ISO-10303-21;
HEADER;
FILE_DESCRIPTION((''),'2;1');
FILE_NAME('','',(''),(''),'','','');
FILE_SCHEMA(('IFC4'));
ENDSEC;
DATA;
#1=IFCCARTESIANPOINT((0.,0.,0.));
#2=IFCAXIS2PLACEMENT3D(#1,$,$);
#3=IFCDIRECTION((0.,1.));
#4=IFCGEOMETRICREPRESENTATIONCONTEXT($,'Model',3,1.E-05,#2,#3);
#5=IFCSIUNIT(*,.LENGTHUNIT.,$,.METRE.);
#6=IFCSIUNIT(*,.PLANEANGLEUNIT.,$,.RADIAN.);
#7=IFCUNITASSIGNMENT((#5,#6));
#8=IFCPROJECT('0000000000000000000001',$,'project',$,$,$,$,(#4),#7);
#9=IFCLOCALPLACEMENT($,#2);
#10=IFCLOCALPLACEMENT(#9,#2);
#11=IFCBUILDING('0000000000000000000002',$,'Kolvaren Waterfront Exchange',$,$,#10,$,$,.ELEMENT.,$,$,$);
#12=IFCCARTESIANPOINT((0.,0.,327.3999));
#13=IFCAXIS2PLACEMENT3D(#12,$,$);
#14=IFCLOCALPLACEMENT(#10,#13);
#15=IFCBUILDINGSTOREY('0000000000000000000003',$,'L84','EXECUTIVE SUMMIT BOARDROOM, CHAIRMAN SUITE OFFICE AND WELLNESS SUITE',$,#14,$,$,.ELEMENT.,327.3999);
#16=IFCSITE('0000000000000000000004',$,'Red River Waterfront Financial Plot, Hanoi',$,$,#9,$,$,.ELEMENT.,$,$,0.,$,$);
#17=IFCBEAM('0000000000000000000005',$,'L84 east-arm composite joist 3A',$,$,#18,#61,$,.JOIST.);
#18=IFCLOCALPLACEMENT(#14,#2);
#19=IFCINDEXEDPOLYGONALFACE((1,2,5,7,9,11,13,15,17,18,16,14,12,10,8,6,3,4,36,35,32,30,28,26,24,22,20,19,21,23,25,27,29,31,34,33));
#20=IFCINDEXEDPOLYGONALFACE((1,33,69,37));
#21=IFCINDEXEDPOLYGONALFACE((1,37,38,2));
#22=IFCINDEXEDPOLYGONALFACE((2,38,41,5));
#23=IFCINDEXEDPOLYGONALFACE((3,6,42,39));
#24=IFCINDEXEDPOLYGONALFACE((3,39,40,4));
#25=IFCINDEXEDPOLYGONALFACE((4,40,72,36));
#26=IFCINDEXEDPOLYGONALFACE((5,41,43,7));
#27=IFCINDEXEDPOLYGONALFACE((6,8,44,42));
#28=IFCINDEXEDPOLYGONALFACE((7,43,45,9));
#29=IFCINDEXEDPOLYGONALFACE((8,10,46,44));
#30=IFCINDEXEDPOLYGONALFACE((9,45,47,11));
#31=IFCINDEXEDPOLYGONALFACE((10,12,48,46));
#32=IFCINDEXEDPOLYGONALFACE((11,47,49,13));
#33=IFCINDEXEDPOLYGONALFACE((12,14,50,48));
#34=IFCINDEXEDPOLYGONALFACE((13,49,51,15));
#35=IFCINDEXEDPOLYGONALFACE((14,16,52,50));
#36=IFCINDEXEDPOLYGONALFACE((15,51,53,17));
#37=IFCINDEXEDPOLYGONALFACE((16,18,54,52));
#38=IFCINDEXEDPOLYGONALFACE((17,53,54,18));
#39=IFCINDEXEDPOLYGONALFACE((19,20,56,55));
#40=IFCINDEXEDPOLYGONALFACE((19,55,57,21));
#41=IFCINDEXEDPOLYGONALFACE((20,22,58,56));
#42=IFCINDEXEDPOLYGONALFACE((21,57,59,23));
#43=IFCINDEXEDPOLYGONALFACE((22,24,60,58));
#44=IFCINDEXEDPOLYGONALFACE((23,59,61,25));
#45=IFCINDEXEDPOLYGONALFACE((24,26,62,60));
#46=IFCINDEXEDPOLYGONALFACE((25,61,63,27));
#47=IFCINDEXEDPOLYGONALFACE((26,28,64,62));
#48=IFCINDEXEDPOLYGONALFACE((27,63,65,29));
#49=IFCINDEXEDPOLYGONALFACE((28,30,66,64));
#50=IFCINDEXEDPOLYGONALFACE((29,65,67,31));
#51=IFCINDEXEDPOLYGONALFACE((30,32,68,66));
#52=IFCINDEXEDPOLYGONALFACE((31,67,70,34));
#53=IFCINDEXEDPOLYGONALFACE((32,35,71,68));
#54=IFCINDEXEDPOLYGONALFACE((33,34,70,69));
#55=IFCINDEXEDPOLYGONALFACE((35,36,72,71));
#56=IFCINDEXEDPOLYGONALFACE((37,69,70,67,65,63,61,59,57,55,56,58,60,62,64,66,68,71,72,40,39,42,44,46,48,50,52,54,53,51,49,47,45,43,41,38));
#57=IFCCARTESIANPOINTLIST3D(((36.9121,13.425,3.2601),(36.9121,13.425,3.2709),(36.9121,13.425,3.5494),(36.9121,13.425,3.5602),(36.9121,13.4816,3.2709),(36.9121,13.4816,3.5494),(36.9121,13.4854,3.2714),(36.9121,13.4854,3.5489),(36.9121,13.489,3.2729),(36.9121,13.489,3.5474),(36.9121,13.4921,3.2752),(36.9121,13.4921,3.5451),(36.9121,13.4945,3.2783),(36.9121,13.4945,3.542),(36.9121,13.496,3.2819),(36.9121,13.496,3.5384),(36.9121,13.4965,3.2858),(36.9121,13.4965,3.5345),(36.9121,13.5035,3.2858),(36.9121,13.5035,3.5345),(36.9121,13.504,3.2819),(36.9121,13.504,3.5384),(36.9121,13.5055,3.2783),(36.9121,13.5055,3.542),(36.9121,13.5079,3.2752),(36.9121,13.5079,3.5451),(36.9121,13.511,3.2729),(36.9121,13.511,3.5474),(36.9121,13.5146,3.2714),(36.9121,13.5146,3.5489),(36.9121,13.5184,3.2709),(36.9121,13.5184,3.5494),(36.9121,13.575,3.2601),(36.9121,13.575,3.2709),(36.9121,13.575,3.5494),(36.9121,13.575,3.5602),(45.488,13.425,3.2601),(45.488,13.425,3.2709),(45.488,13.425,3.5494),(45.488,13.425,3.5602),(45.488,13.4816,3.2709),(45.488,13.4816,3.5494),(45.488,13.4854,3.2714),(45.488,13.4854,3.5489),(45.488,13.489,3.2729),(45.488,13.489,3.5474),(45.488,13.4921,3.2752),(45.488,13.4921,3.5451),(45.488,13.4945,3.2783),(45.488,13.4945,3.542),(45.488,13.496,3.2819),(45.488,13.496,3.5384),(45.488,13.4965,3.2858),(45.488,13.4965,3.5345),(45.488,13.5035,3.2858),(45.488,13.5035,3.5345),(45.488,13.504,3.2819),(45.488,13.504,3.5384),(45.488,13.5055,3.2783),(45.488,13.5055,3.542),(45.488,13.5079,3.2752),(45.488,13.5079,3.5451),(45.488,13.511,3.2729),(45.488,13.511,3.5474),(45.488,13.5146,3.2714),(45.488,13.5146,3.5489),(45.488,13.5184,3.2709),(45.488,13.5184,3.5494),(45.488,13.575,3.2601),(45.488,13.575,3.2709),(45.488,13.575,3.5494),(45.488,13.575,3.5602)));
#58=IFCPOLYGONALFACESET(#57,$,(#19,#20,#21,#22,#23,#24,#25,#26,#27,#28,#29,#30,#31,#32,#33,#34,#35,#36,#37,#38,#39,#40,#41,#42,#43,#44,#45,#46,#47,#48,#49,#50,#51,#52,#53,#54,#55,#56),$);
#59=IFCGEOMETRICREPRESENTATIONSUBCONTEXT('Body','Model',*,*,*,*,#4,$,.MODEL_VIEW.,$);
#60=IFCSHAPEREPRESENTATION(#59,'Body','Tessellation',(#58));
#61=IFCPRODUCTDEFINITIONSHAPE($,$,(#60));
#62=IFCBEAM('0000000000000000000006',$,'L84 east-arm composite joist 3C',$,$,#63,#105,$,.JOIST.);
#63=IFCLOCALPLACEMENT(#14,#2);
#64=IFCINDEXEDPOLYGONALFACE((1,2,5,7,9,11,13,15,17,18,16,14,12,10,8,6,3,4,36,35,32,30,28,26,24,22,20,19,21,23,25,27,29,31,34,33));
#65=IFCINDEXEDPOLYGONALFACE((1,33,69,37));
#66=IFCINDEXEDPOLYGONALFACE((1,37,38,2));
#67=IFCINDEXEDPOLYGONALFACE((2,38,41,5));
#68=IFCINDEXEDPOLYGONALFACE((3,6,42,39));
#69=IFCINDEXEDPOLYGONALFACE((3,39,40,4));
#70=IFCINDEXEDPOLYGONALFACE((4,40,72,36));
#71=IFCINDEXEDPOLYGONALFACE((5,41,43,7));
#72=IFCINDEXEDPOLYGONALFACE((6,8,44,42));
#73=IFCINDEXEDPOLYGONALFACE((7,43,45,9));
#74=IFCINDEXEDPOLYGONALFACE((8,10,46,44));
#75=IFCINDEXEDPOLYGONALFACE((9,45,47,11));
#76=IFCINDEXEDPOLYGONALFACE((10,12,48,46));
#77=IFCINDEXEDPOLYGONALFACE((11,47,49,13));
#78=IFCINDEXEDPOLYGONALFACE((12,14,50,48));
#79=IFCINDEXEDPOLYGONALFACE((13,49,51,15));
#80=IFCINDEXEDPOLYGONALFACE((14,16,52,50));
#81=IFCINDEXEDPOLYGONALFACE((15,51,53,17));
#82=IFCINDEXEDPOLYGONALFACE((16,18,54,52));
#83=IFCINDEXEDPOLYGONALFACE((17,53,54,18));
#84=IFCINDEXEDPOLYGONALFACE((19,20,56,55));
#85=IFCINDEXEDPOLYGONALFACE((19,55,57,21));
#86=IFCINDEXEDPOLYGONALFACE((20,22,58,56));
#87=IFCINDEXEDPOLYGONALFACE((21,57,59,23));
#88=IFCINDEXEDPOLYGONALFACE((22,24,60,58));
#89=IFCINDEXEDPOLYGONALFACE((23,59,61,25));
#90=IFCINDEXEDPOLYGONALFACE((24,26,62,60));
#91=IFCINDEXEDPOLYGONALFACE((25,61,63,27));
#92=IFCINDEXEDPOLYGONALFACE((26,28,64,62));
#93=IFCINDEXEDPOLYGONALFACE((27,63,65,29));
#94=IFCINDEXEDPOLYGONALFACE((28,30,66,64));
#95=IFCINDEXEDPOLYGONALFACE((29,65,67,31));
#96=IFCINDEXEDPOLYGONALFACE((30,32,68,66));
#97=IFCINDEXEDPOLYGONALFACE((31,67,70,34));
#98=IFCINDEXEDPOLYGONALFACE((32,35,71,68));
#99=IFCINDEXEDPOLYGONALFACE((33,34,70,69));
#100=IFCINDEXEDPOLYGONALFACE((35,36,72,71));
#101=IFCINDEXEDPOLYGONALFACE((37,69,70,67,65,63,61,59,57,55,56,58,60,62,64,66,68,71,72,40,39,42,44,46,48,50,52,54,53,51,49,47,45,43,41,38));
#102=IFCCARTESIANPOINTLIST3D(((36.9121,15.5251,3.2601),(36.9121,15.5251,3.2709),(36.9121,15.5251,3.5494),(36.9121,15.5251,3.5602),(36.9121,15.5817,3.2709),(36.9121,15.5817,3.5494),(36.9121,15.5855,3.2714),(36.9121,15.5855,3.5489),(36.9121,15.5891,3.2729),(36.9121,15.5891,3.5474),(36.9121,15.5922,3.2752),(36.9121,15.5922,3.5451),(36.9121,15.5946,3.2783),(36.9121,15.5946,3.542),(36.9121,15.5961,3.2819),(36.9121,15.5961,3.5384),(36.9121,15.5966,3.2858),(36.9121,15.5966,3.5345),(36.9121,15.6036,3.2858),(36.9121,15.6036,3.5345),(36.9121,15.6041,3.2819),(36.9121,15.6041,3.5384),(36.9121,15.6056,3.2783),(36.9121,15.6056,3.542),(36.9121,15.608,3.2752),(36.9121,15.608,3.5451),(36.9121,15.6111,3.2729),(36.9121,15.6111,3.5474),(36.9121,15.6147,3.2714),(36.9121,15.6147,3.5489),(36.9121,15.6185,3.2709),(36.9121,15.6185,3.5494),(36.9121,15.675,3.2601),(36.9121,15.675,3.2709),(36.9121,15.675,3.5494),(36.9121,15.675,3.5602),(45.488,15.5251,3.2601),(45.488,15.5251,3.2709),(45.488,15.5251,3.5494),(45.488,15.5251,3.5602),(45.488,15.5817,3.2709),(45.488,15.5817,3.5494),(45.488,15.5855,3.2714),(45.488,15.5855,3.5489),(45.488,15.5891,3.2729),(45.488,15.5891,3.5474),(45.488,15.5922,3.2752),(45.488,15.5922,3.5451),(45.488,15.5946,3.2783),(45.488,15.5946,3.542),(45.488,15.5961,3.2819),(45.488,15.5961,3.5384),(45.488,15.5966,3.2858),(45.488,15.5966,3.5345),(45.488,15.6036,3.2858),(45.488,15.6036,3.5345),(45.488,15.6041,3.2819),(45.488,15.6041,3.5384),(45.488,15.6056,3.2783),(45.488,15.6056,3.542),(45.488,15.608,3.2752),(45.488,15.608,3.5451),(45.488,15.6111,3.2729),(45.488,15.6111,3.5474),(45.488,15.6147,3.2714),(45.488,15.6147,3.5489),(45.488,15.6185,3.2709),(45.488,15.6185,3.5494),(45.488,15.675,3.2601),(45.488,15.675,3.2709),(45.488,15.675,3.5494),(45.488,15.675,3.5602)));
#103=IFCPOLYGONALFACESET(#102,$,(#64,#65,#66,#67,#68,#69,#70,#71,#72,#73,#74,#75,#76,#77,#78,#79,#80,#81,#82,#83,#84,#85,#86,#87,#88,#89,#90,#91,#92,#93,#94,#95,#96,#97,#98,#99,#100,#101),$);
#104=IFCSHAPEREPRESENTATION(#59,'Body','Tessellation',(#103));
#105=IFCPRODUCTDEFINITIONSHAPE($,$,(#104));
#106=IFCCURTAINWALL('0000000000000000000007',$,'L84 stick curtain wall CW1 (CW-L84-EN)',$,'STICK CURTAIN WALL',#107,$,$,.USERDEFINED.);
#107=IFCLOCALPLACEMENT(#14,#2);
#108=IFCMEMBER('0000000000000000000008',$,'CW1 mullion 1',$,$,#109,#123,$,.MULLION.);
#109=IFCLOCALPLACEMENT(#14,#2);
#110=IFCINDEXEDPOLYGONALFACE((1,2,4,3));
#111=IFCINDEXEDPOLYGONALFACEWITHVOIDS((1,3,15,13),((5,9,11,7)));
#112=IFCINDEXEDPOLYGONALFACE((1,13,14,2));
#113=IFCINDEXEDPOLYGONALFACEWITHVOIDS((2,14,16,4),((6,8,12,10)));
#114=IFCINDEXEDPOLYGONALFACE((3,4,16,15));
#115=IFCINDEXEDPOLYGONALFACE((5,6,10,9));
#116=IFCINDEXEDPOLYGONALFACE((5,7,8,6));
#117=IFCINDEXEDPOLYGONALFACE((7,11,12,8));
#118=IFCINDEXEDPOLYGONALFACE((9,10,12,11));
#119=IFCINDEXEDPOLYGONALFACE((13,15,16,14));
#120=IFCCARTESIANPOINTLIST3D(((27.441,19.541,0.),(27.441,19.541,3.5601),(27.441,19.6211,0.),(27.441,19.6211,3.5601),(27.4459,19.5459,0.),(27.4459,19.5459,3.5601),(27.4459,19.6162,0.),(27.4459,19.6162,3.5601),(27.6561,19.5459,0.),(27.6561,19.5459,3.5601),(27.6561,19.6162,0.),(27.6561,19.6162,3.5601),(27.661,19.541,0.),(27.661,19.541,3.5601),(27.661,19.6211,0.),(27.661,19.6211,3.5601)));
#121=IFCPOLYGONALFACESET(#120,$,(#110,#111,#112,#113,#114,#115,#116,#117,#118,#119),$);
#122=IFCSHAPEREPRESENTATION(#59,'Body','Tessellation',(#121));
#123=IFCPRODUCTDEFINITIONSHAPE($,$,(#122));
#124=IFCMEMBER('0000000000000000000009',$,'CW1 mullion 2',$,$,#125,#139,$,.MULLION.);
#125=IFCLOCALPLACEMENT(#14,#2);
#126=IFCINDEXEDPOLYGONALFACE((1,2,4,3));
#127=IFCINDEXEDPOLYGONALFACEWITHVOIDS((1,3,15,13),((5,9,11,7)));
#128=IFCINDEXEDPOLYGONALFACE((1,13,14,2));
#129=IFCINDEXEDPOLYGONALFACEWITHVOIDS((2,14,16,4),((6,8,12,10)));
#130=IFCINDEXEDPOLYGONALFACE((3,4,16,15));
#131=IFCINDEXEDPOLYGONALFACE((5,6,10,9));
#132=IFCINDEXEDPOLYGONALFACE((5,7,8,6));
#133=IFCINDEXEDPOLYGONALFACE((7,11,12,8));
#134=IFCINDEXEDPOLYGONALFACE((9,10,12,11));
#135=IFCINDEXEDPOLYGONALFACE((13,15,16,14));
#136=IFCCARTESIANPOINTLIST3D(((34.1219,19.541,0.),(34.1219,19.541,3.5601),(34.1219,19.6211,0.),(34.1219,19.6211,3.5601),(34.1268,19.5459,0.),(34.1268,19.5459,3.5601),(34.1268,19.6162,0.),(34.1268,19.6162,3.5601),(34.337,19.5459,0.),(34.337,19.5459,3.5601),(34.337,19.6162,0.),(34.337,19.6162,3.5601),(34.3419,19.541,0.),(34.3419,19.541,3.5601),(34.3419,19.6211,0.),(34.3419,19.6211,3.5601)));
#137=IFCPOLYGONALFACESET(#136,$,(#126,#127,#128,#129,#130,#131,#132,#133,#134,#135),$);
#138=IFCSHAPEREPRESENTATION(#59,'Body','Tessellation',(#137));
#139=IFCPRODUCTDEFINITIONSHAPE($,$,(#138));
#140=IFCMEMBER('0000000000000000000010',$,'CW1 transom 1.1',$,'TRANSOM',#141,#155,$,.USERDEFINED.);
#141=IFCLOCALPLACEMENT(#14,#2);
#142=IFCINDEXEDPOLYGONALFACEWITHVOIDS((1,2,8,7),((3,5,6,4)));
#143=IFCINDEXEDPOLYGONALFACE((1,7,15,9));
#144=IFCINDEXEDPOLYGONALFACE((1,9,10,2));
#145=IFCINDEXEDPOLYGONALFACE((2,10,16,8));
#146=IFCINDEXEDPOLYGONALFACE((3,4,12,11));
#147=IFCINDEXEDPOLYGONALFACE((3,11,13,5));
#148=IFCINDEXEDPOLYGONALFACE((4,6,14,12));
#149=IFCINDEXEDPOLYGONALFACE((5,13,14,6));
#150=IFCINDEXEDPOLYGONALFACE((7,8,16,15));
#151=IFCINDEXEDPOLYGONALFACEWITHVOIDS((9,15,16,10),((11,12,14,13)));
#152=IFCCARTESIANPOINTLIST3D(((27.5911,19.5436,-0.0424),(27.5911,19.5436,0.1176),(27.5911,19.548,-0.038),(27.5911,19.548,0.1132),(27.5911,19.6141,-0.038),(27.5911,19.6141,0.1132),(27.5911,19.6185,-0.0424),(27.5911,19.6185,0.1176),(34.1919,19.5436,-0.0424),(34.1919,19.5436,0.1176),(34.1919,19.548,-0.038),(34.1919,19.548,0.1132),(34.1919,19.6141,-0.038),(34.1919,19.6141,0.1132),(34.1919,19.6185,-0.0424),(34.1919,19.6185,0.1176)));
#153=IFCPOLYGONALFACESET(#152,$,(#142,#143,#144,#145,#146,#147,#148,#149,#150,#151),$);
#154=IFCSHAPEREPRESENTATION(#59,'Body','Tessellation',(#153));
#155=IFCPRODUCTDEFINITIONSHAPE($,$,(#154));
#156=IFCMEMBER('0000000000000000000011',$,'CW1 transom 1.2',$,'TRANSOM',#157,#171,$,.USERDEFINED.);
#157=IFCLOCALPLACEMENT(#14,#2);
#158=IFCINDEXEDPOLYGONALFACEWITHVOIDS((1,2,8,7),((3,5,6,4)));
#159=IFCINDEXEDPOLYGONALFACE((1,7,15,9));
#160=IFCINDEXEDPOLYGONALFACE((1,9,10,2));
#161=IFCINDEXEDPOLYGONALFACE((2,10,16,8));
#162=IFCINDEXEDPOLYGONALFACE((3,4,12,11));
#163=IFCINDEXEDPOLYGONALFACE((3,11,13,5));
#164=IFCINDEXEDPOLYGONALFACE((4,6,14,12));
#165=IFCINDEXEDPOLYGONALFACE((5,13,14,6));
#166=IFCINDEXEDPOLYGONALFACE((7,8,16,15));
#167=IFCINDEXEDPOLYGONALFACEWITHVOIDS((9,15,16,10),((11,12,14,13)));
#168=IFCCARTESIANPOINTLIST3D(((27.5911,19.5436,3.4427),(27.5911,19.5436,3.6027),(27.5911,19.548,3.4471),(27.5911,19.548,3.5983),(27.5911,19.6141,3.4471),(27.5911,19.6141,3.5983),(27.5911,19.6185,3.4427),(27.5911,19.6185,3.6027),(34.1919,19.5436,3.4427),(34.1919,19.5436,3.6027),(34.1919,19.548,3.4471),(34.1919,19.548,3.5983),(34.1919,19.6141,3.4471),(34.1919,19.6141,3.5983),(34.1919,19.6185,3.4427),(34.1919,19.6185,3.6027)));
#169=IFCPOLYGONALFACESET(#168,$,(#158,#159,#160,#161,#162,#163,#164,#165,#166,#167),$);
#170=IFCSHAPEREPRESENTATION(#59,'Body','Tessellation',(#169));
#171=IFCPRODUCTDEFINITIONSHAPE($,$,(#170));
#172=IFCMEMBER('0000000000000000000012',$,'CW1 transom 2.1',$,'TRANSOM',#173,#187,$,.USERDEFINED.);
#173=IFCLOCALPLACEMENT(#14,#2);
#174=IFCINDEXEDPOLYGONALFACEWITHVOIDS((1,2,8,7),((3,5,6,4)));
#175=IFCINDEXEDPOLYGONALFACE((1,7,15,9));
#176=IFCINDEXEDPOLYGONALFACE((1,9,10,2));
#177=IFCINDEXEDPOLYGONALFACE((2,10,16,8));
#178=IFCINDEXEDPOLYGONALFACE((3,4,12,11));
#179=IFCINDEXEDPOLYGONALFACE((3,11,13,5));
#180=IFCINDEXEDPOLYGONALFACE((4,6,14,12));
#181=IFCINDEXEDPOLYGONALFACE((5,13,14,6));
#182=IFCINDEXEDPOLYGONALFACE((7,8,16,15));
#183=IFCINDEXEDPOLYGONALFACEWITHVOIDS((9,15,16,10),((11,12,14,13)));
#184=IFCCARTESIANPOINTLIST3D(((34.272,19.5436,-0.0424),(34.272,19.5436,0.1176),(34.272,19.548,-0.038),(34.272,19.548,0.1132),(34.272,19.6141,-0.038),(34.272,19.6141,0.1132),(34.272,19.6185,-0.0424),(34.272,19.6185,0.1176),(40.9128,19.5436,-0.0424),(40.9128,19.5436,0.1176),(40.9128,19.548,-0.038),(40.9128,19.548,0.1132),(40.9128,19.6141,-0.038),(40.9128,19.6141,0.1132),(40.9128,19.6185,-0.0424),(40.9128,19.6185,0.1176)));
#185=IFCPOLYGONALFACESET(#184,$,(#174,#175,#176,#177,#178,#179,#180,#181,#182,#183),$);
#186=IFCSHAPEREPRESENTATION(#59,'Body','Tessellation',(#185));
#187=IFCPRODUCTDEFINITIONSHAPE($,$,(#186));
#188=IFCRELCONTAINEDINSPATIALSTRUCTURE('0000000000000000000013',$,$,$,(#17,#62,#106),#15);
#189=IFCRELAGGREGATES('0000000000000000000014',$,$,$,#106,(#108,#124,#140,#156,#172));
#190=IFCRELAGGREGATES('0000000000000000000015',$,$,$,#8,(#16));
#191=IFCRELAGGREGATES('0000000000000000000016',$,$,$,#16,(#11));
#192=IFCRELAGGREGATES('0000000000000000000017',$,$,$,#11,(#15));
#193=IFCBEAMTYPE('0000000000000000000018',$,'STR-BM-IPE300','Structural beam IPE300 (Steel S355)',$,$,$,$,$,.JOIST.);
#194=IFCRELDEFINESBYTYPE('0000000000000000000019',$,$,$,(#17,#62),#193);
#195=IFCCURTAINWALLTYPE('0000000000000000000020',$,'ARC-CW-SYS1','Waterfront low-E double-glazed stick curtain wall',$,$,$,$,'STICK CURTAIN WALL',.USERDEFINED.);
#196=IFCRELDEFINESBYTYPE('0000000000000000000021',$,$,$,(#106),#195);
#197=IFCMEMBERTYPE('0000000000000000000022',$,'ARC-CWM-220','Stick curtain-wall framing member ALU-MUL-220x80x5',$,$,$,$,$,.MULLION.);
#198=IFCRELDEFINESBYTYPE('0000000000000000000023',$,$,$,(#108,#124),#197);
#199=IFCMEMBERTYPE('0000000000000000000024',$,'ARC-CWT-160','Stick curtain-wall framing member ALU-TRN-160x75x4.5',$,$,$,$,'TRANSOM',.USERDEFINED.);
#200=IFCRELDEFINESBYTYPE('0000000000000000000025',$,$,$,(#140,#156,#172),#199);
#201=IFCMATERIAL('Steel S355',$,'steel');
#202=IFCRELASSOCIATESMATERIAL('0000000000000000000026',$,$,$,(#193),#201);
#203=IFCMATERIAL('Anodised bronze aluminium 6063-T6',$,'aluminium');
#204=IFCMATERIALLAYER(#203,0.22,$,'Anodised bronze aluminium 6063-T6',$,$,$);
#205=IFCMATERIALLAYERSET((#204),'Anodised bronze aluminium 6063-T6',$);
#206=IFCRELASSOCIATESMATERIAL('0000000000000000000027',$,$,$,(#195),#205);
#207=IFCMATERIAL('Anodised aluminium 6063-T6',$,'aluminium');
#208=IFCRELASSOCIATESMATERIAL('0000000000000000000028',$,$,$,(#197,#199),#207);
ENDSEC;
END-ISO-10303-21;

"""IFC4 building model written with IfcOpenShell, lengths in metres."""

from ifc_helpers import new_model, si_unit, direction, frame, origin, origin_with_axes, origin_2d, place, context, subcontext, project, spatial, hollow_rectangle, i_section, extrude, source, transform, mapped, material, layer, layer_set, material_profile, profile_set, type_object, element, aggregate, save


model = new_model("IFC4")

# Units and contexts
model_context = context("Model", 3, precision=1e-05, world=origin(), true_north=direction((0.0, 1.0)))
body_context = subcontext(model_context, "Body", "Model", "MODEL_VIEW")
ifc_project = project(units=[si_unit("LENGTHUNIT", "METRE"), si_unit("PLANEANGLEUNIT", "RADIAN")], contexts=[model_context])

# Site, building, storey
site_placement = place(None, origin())
site = spatial("IfcSite", under=ifc_project, at=site_placement, Name="Red River Waterfront Financial Plot, Hanoi", CompositionType="ELEMENT", RefElevation=0.0)
building_placement = place(site_placement, origin())
building = spatial("IfcBuilding", under=site, at=building_placement, Name="Kolvaren Waterfront Exchange", CompositionType="ELEMENT")
storey_placement = place(building_placement, frame((0.0, 0.0, 327.3999)))
storey = spatial("IfcBuildingStorey", under=building, at=storey_placement, Name="L84", Description="EXECUTIVE SUMMIT BOARDROOM, CHAIRMAN SUITE OFFICE AND WELLNESS SUITE", CompositionType="ELEMENT", Elevation=327.3999)

# Beams
ifc_material_1 = material(Name="Steel S355", Category="steel")
ifc_material_profile_1 = material_profile(ifc_material_1, i_section(OverallWidth=0.1499, OverallDepth=0.3, WebThickness=0.0071, FlangeThickness=0.0107, FilletRadius=0.0149, at=origin_2d()), Name="IPE300")
ifc_profile_set_1 = profile_set([ifc_material_profile_1], Name="Steel S355")
beam_type_1 = type_object("IfcBeamType", Name="STR-BM-IPE300", Description="Structural beam IPE300 (Steel S355)", PredefinedType="JOIST", material=ifc_profile_set_1)
for number, where, z_axis, x_axis, name in (
    (1, (36.9121, 13.5, 3.4102), (1.0, 0.0, 0.0), (0.0, 1.0, 0.0), "L84 east-arm composite joist 3A"),
    (2, (36.9121, 15.6001, 3.4102), (1.0, 0.0, 0.0), (0.0, 1.0, 0.0), "L84 east-arm composite joist 3C"),
):
    element("IfcBeam", number, at=place(storey_placement, frame(where, z_axis=z_axis, x_axis=x_axis)), inside=storey, type_object=beam_type_1, Name=name, PredefinedType="JOIST", context=body_context, shape_type="SweptSolid", body=[
        extrude(i_section(OverallWidth=0.1499, OverallDepth=0.3, WebThickness=0.0071, FlangeThickness=0.0107, FilletRadius=0.0149, at=origin_2d()), origin(), (0.0, 0.0, 1.0), 8.5759),
    ])

# Curtain wall, members
ifc_material_2 = material(Name="Anodised bronze aluminium 6063-T6", Category="aluminium")
ifc_layer_1 = layer(ifc_material_2, 0.22, Name="Anodised bronze aluminium 6063-T6")
ifc_layer_set_1 = layer_set([ifc_layer_1], Name="Anodised bronze aluminium 6063-T6")
curtain_wall_type = type_object("IfcCurtainWallType", Name="ARC-CW-SYS1", Description="Waterfront low-E double-glazed stick curtain wall", ElementType="STICK CURTAIN WALL", PredefinedType="USERDEFINED", material=ifc_layer_set_1)
curtain_wall_placement = place(storey_placement, origin())
curtain_wall = element("IfcCurtainWall", 3, at=curtain_wall_placement, inside=storey, type_object=curtain_wall_type, Name="L84 stick curtain wall CW1 (CW-L84-EN)", ObjectType="STICK CURTAIN WALL", PredefinedType="USERDEFINED")
ifc_material_3 = material(Name="Anodised aluminium 6063-T6", Category="aluminium")
ifc_material_profile_2 = material_profile(ifc_material_3, hollow_rectangle(XDim=0.0801, YDim=0.22, WallThickness=0.0049, at=origin_2d()), Name="ALU-MUL-220x80x5")
ifc_profile_set_2 = profile_set([ifc_material_profile_2], Name="Anodised aluminium 6063-T6")
member_type_1 = type_object("IfcMemberType", Name="ARC-CWM-220", Description="Stick curtain-wall framing member ALU-MUL-220x80x5", PredefinedType="MULLION", material=ifc_profile_set_2)
shared_shape_1 = source(origin_with_axes(), body_context, "Body", "SweptSolid", [
    extrude(hollow_rectangle(XDim=0.0801, YDim=0.22, WallThickness=0.0049, at=origin_2d()), origin(), (0.0, 0.0, 1.0), 3.5601),
])
member_1_placement = place(storey_placement, frame((27.551, 19.5811, 0.0), z_axis=(0.0, 0.0, 1.0), x_axis=(0.0, 1.0, 0.0)))
member_1 = element("IfcMember", 4, at=member_1_placement, type_object=member_type_1, Name="CW1 mullion 1", PredefinedType="MULLION", context=body_context, shape_type="MappedRepresentation", body=[
    mapped(shared_shape_1, transform((0.0, 0.0, 0.0), x_axis=(1.0, 0.0, 0.0), y_axis=(0.0, 1.0, 0.0), z_axis=(0.0, 0.0, 1.0), scale=1.0)),
])
member_2_placement = place(storey_placement, frame((34.2319, 19.5811, 0.0), z_axis=(0.0, 0.0, 1.0), x_axis=(0.0, 1.0, 0.0)))
member_2 = element("IfcMember", 5, at=member_2_placement, type_object=member_type_1, Name="CW1 mullion 2", PredefinedType="MULLION", context=body_context, shape_type="MappedRepresentation", body=[
    mapped(shared_shape_1, transform((0.0, 0.0, 0.0), x_axis=(1.0, 0.0, 0.0), y_axis=(0.0, 1.0, 0.0), z_axis=(0.0, 0.0, 1.0), scale=1.0)),
])
ifc_material_profile_3 = material_profile(ifc_material_3, hollow_rectangle(XDim=0.075, YDim=0.1599, WallThickness=0.0044, at=origin_2d()), Name="ALU-TRN-160x75x4.5")
ifc_profile_set_3 = profile_set([ifc_material_profile_3], Name="Anodised aluminium 6063-T6")
member_type_2 = type_object("IfcMemberType", Name="ARC-CWT-160", Description="Stick curtain-wall framing member ALU-TRN-160x75x4.5", ElementType="TRANSOM", PredefinedType="USERDEFINED", material=ifc_profile_set_3)
shared_shape_2 = source(origin_with_axes(), body_context, "Body", "SweptSolid", [
    extrude(hollow_rectangle(XDim=0.075, YDim=0.1599, WallThickness=0.0044, at=origin_2d()), origin(), (0.0, 0.0, 1.0), 6.6008),
])
member_3_placement = place(storey_placement, frame((27.5911, 19.5811, 0.0376), z_axis=(1.0, 0.0, 0.0), x_axis=(0.0, 1.0, 0.0)))
member_3 = element("IfcMember", 6, at=member_3_placement, type_object=member_type_2, Name="CW1 transom 1.1", ObjectType="TRANSOM", PredefinedType="USERDEFINED", context=body_context, shape_type="MappedRepresentation", body=[
    mapped(shared_shape_2, transform((0.0, 0.0, 0.0), x_axis=(1.0, 0.0, 0.0), y_axis=(0.0, 1.0, 0.0), z_axis=(0.0, 0.0, 1.0), scale=1.0)),
])
member_4_placement = place(storey_placement, frame((27.5911, 19.5811, 3.5227), z_axis=(1.0, 0.0, 0.0), x_axis=(0.0, 1.0, 0.0)))
member_4 = element("IfcMember", 7, at=member_4_placement, type_object=member_type_2, Name="CW1 transom 1.2", ObjectType="TRANSOM", PredefinedType="USERDEFINED", context=body_context, shape_type="MappedRepresentation", body=[
    mapped(shared_shape_2, transform((0.0, 0.0, 0.0), x_axis=(1.0, 0.0, 0.0), y_axis=(0.0, 1.0, 0.0), z_axis=(0.0, 0.0, 1.0), scale=1.0)),
])
shared_shape_3 = source(origin_with_axes(), body_context, "Body", "SweptSolid", [
    extrude(hollow_rectangle(XDim=0.075, YDim=0.1599, WallThickness=0.0044, at=origin_2d()), origin(), (0.0, 0.0, 1.0), 6.6409),
])
member_5_placement = place(storey_placement, frame((34.272, 19.5811, 0.0376), z_axis=(1.0, 0.0, 0.0), x_axis=(0.0, 1.0, 0.0)))
member_5 = element("IfcMember", 8, at=member_5_placement, type_object=member_type_2, Name="CW1 transom 2.1", ObjectType="TRANSOM", PredefinedType="USERDEFINED", context=body_context, shape_type="MappedRepresentation", body=[
    mapped(shared_shape_3, transform((0.0, 0.0, 0.0), x_axis=(1.0, 0.0, 0.0), y_axis=(0.0, 1.0, 0.0), z_axis=(0.0, 0.0, 1.0), scale=1.0)),
])
aggregate(curtain_wall, [member_1, member_2, member_3, member_4, member_5])

save(model, "model.ifc")
